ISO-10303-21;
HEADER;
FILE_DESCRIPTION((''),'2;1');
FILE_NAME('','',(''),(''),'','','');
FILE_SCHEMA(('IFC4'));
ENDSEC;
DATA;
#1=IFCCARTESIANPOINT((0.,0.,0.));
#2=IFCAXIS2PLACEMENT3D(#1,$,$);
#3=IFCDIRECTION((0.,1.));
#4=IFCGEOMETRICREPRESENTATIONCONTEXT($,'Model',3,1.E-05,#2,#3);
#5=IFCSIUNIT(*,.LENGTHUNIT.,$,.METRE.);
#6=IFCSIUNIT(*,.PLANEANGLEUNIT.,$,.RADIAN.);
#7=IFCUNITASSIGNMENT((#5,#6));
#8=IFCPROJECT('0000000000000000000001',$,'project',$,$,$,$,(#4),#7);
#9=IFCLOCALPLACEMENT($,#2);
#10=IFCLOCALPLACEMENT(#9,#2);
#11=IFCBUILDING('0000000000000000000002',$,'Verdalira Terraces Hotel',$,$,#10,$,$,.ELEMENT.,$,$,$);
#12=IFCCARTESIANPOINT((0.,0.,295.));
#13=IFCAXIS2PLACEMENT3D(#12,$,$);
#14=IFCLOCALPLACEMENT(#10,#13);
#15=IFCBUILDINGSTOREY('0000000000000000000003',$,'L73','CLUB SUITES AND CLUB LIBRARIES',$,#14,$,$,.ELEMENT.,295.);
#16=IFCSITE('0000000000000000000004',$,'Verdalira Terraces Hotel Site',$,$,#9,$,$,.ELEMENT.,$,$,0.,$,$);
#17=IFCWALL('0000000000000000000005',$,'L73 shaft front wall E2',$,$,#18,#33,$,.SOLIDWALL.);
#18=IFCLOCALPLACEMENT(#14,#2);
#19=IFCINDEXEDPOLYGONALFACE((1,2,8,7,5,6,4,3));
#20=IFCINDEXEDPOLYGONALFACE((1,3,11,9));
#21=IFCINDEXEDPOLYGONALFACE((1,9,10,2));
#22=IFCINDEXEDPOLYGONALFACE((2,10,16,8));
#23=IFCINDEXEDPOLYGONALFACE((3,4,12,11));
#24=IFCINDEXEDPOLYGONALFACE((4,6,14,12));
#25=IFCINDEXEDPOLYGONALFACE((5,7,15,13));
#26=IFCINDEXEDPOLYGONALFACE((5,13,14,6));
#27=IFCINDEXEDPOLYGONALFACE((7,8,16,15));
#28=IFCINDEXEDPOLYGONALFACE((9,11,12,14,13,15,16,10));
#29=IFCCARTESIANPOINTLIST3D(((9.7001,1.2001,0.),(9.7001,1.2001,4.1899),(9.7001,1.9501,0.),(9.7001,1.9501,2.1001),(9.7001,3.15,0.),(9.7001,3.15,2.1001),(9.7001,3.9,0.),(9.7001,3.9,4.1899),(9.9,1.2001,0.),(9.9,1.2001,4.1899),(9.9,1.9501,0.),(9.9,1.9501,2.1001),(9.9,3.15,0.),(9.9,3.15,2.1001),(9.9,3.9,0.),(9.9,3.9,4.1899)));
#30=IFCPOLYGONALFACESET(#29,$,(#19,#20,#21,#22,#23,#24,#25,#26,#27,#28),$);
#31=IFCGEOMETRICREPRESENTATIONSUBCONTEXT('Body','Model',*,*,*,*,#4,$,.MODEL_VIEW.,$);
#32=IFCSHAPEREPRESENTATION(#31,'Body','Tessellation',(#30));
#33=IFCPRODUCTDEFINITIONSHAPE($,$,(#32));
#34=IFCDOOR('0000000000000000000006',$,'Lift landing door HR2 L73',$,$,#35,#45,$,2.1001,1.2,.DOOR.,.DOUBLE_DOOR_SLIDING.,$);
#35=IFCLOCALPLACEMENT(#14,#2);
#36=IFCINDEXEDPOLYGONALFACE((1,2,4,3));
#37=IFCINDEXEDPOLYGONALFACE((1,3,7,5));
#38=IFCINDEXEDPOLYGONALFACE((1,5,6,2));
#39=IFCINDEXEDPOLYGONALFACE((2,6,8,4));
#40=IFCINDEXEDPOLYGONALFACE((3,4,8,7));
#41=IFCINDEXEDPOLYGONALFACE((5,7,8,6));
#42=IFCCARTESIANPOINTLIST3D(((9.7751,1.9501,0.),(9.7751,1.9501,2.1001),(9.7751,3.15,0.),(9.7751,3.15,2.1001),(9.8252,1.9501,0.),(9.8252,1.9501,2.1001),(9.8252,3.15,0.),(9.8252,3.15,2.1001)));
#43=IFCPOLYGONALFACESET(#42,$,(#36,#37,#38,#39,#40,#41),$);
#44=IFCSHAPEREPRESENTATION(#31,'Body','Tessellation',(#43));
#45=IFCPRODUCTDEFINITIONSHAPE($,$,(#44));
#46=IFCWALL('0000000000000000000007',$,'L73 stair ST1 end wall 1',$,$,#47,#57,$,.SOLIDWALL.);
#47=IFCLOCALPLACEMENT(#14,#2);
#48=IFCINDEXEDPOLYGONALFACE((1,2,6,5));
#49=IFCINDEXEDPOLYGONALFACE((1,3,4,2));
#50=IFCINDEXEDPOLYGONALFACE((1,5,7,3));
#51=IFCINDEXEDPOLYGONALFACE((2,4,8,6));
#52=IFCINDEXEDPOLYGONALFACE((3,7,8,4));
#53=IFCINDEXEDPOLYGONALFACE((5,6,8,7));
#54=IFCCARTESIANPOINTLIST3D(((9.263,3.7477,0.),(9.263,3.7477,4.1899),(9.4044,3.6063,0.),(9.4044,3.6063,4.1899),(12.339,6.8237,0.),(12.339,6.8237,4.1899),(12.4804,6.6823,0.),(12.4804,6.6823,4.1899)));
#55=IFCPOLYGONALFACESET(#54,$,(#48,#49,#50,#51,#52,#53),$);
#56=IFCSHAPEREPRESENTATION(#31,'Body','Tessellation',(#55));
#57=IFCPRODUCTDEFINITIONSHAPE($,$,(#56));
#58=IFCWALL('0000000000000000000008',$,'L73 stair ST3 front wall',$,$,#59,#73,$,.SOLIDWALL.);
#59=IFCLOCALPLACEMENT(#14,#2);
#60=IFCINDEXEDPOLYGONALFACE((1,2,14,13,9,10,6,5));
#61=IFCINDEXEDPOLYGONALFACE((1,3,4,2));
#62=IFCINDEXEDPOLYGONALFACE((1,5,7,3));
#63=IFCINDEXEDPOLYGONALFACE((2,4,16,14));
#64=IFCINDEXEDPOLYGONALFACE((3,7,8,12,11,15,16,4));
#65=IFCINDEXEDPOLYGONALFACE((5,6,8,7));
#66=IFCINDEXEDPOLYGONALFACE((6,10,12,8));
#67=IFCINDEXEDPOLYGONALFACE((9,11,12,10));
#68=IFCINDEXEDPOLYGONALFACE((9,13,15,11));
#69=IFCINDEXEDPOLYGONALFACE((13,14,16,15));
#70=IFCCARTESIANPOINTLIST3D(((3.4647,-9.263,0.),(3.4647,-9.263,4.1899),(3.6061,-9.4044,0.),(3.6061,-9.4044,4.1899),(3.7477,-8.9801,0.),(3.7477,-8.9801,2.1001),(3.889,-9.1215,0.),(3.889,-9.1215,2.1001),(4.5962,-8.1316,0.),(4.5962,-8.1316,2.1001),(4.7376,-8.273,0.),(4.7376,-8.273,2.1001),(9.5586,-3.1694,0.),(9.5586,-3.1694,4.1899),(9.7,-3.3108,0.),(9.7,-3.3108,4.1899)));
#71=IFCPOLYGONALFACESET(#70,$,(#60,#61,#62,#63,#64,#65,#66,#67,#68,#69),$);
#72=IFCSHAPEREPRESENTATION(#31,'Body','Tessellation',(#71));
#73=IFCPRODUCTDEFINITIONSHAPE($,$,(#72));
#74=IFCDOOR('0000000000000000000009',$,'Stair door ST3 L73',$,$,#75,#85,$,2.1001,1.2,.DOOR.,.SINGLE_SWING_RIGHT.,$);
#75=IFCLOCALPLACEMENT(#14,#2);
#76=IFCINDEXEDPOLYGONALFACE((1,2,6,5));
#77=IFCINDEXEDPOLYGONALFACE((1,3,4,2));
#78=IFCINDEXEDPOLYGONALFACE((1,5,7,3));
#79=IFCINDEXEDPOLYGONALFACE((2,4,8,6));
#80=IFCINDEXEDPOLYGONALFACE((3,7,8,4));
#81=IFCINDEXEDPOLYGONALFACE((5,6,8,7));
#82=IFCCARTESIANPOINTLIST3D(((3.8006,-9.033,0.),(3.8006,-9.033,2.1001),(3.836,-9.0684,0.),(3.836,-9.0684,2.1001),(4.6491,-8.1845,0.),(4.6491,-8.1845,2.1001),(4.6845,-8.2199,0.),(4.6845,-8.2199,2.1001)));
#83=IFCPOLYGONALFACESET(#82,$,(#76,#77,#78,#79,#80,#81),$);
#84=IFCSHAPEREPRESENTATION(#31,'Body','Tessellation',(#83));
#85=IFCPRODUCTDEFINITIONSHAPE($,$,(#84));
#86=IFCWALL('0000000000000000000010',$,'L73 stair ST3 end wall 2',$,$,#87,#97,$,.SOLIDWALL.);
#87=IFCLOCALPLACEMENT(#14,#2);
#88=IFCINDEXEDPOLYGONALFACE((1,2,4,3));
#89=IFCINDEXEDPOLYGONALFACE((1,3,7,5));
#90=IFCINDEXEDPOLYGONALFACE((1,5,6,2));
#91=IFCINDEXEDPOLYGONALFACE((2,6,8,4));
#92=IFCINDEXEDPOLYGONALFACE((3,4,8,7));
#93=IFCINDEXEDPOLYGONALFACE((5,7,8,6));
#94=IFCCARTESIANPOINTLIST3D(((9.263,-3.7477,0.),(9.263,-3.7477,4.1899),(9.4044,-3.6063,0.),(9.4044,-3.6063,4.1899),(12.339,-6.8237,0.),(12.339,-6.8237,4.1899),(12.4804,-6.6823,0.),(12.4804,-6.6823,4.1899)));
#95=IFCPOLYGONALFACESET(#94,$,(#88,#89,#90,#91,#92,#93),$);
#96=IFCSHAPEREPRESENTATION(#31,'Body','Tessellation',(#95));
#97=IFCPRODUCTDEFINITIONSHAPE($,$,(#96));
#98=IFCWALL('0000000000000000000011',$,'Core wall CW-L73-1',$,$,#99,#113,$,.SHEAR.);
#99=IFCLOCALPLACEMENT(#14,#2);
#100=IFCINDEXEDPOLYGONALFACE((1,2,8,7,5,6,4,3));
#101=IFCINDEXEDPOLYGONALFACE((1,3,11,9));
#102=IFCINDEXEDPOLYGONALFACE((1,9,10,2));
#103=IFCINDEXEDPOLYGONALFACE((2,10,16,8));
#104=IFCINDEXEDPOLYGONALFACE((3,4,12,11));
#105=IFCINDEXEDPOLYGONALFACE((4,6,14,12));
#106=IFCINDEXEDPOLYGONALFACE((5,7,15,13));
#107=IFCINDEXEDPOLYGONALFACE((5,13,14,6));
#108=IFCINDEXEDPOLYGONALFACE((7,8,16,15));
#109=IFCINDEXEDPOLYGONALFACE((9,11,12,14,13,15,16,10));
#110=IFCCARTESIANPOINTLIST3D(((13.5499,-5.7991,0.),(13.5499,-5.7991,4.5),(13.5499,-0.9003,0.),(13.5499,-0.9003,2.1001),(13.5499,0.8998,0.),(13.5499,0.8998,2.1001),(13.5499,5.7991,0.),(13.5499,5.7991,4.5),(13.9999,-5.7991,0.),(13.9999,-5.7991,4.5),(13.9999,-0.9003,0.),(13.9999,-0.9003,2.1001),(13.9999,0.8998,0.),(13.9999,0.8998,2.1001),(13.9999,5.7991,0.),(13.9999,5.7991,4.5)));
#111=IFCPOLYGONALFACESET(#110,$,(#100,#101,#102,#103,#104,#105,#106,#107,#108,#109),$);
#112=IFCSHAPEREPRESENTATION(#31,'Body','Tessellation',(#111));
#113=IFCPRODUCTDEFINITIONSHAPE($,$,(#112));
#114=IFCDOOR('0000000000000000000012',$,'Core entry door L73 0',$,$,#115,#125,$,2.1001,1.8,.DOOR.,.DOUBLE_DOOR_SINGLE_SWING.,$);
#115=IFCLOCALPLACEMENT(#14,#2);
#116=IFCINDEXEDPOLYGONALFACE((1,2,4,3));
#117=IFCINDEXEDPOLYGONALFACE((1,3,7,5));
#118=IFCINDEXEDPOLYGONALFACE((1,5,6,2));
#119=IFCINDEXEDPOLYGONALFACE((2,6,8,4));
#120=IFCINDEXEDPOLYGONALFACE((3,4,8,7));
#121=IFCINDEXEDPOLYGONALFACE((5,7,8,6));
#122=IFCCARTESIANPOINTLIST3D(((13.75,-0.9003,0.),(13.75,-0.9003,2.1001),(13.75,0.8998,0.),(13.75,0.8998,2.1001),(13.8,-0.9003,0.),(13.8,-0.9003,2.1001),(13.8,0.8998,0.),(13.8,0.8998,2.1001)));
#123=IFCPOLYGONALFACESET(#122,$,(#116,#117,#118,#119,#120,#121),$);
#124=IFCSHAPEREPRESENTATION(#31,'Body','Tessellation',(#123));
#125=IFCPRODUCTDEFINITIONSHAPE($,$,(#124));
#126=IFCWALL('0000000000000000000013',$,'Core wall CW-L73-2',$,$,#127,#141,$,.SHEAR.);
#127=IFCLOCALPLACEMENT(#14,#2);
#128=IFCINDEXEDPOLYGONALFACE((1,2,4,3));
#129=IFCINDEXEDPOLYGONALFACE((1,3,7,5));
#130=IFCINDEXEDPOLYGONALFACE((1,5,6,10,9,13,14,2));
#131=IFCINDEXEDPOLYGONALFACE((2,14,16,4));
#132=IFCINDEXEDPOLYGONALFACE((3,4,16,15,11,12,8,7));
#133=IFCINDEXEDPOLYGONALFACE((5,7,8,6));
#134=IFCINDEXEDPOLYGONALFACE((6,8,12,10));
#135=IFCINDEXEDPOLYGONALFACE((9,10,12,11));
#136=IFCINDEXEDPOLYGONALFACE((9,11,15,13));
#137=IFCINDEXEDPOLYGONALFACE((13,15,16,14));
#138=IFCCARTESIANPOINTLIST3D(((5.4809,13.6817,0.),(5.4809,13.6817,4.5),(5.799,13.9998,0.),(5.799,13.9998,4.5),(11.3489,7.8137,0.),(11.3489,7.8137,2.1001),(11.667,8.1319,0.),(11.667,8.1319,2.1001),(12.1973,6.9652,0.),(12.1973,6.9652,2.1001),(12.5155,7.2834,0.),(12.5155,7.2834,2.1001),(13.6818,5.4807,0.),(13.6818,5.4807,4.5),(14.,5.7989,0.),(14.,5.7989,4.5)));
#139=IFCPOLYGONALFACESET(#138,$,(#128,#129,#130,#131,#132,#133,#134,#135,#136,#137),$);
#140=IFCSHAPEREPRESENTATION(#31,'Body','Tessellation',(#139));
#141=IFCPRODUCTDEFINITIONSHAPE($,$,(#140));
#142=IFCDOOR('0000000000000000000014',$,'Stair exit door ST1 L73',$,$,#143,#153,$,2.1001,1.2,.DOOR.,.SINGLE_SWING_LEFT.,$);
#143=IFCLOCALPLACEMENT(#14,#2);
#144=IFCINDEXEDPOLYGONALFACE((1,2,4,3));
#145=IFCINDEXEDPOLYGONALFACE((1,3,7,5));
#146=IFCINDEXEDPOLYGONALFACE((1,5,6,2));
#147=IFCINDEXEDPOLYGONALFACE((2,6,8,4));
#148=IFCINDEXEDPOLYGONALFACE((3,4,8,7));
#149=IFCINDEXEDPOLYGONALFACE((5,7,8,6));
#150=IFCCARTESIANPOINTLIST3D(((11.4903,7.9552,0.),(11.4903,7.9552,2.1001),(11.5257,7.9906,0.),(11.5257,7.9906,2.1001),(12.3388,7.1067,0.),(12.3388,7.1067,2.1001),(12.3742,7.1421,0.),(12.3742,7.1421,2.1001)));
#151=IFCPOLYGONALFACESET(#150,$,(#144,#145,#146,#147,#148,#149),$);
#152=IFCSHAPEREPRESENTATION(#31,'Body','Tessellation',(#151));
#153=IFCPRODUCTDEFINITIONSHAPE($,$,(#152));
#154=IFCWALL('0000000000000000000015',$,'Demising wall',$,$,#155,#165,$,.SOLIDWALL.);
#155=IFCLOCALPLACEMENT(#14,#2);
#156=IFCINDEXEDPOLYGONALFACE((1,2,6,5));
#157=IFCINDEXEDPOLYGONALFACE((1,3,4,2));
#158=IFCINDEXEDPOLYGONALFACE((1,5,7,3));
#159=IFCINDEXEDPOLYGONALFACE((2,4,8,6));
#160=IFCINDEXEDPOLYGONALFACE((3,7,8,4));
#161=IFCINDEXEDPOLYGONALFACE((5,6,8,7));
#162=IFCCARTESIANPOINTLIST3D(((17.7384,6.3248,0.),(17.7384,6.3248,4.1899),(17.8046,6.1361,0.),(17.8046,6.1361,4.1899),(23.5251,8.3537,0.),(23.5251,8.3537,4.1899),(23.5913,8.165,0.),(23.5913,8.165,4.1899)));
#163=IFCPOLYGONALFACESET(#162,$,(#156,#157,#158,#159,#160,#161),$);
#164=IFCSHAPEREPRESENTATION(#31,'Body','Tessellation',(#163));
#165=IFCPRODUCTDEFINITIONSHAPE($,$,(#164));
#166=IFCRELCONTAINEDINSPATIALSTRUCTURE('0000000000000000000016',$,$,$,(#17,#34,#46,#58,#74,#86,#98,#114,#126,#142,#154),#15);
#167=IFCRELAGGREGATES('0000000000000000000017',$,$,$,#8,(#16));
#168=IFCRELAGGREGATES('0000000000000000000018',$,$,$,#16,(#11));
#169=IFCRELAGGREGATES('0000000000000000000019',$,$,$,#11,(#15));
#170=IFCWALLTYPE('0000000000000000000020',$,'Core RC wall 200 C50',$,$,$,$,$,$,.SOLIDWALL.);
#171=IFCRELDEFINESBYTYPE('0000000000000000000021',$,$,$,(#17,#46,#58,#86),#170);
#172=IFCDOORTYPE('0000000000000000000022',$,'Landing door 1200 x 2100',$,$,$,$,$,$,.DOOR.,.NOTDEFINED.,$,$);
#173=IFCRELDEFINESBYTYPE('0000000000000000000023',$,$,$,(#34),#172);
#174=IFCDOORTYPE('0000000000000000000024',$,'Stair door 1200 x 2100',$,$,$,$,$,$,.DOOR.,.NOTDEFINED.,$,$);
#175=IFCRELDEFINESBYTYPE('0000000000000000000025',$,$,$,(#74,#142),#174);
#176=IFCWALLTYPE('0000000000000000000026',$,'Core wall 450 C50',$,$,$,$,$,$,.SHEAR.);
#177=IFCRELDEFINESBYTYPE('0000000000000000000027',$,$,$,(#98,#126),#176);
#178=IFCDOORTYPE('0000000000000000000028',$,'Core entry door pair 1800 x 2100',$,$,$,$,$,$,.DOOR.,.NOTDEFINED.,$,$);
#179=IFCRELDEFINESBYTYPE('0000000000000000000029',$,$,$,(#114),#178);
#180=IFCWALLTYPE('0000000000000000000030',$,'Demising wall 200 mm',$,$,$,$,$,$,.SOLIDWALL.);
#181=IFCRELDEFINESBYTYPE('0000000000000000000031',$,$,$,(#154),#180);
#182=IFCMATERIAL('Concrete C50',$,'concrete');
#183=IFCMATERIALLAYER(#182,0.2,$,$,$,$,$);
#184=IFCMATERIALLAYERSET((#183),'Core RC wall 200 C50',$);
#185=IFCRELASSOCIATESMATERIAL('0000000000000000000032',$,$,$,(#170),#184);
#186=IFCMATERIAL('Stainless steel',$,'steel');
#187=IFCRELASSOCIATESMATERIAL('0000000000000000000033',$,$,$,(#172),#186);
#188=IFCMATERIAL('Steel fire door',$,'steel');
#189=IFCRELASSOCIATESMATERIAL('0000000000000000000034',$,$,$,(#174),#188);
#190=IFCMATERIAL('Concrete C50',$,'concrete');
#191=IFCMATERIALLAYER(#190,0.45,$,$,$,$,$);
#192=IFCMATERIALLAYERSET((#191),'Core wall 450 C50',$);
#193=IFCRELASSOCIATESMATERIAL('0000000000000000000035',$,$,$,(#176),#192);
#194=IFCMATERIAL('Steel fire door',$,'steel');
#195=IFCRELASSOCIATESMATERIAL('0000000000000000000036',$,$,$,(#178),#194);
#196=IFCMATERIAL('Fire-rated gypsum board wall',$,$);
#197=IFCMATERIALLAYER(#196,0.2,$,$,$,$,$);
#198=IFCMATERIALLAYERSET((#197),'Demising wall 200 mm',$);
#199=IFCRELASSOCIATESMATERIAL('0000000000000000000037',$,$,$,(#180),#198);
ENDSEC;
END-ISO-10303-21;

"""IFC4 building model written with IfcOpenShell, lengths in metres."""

from ifc_helpers import new_model, si_unit, direction, frame, frame_2d, origin, place, context, subcontext, project, spatial, rectangle, extrude, material, layer, layer_set, type_object, element, fill, save


model = new_model("IFC4")

# Units and contexts
model_context = context("Model", 3, precision=1e-05, world=origin(), true_north=direction((0.0, 1.0)))
body_context = subcontext(model_context, "Body", "Model", "MODEL_VIEW")
ifc_project = project(units=[si_unit("LENGTHUNIT", "METRE"), si_unit("PLANEANGLEUNIT", "RADIAN")], contexts=[model_context])

# Site, building, storey
site_placement = place(None, origin())
site = spatial("IfcSite", under=ifc_project, at=site_placement, Name="Verdalira Terraces Hotel Site", CompositionType="ELEMENT", RefElevation=0.0)
building_placement = place(site_placement, origin())
building = spatial("IfcBuilding", under=site, at=building_placement, Name="Verdalira Terraces Hotel", CompositionType="ELEMENT")
storey_placement = place(building_placement, frame((0.0, 0.0, 295.0)))
storey = spatial("IfcBuildingStorey", under=building, at=storey_placement, Name="L73", Description="CLUB SUITES AND CLUB LIBRARIES", CompositionType="ELEMENT", Elevation=295.0)

# Wall, opening, door
ifc_material_1 = material(Name="Concrete C50", Category="concrete")
ifc_layer_1 = layer(ifc_material_1, 0.2)
ifc_layer_set_1 = layer_set([ifc_layer_1], Name="Core RC wall 200 C50")
wall_type_1 = type_object("IfcWallType", Name="Core RC wall 200 C50", PredefinedType="SOLIDWALL", material=ifc_layer_set_1)
ifc_material_2 = material(Name="Stainless steel", Category="steel")
door_type_1 = type_object("IfcDoorType", Name="Landing door 1200 x 2100", OperationType="NOTDEFINED", PredefinedType="DOOR", material=ifc_material_2)
wall_1_placement = place(storey_placement, frame((9.8, 1.2, 0.0), z_axis=(0.0, 0.0, 1.0), x_axis=(0.0, 1.0, 0.0)))
wall_1 = element("IfcWall", 1, at=wall_1_placement, inside=storey, type_object=wall_type_1, Name="L73 shaft front wall E2", PredefinedType="SOLIDWALL", context=body_context, shape_type="SweptSolid", body=[
    extrude(rectangle(XDim=2.7, YDim=0.2, at=frame_2d((1.3501, 0.0))), origin(), (0.0, 0.0, 1.0), 4.1899),
])
opening_1_placement = place(wall_1_placement, frame((0.75, 0.0, 0.0)))
opening_1 = element("IfcOpeningElement", 2, at=opening_1_placement, cuts=wall_1, PredefinedType="OPENING", context=body_context, shape_type="SweptSolid", body=[
    extrude(rectangle(XDim=1.2, YDim=2.1001, at=frame_2d((0.6001, 1.05))), frame((0.0, 0.1099, 0.0), z_axis=(0.0, -1.0, 0.0), x_axis=(1.0, 0.0, 0.0)), (0.0, 0.0, 1.0), 0.22),
])
door_1_placement = place(opening_1_placement, origin())
door_1 = element("IfcDoor", 3, at=door_1_placement, inside=storey, type_object=door_type_1, Name="Lift landing door HR2 L73", OperationType="DOUBLE_DOOR_SLIDING", OverallHeight=2.1001, OverallWidth=1.2, PredefinedType="DOOR", context=body_context, shape_type="SweptSolid", body=[
    extrude(rectangle(XDim=1.2, YDim=2.1001, at=frame_2d((0.6001, 1.05))), frame((0.0, 0.0249, 0.0), z_axis=(0.0, -1.0, 0.0), x_axis=(1.0, 0.0, 0.0)), (0.0, 0.0, 1.0), 0.05),
])
fill(opening_1, door_1)

# Wall
wall_2_placement = place(storey_placement, frame((9.3337, 3.677, 0.0), z_axis=(0.0, 0.0, 1.0), x_axis=(0.707107, 0.707107, 0.0)))
element("IfcWall", 4, at=wall_2_placement, inside=storey, type_object=wall_type_1, Name="L73 stair ST1 end wall 1", PredefinedType="SOLIDWALL", context=body_context, shape_type="SweptSolid", body=[
    extrude(rectangle(XDim=4.3501, YDim=0.2, at=frame_2d((2.175, 0.0))), origin(), (0.0, 0.0, 1.0), 4.1899),
])

# Wall, opening, door
wall_3_placement = place(storey_placement, frame((9.6294, -3.24, 0.0), z_axis=(0.0, 0.0, 1.0), x_axis=(-0.707121, -0.707093, 0.0)))
wall_3 = element("IfcWall", 5, at=wall_3_placement, inside=storey, type_object=wall_type_1, Name="L73 stair ST3 front wall", PredefinedType="SOLIDWALL", context=body_context, shape_type="SweptSolid", body=[
    extrude(rectangle(XDim=8.6179, YDim=0.2, at=frame_2d((4.3091, 0.0))), origin(), (0.0, 0.0, 1.0), 4.1899),
])
opening_2_placement = place(wall_3_placement, frame((7.0178, 0.0, 0.0)))
opening_2 = element("IfcOpeningElement", 6, at=opening_2_placement, cuts=wall_3, PredefinedType="OPENING", context=body_context, shape_type="SweptSolid", body=[
    extrude(rectangle(XDim=1.2, YDim=2.1001, at=frame_2d((0.6001, 1.05))), frame((0.0, 0.1099, 0.0), z_axis=(0.0, -1.0, 0.0), x_axis=(1.0, 0.0, 0.0)), (0.0, 0.0, 1.0), 0.22),
])
ifc_material_3 = material(Name="Steel fire door", Category="steel")
door_type_2 = type_object("IfcDoorType", Name="Stair door 1200 x 2100", OperationType="NOTDEFINED", PredefinedType="DOOR", material=ifc_material_3)
door_2_placement = place(opening_2_placement, origin())
door_2 = element("IfcDoor", 7, at=door_2_placement, inside=storey, type_object=door_type_2, Name="Stair door ST3 L73", OperationType="SINGLE_SWING_RIGHT", OverallHeight=2.1001, OverallWidth=1.2, PredefinedType="DOOR", context=body_context, shape_type="SweptSolid", body=[
    extrude(rectangle(XDim=1.2, YDim=2.1001, at=frame_2d((0.6001, 1.05))), frame((0.0, 0.0249, 0.0), z_axis=(0.0, -1.0, 0.0), x_axis=(1.0, 0.0, 0.0)), (0.0, 0.0, 1.0), 0.05),
])
fill(opening_2, door_2)

# Wall
wall_4_placement = place(storey_placement, frame((9.3337, -3.677, 0.0), z_axis=(0.0, 0.0, 1.0), x_axis=(0.707107, -0.707107, 0.0)))
element("IfcWall", 8, at=wall_4_placement, inside=storey, type_object=wall_type_1, Name="L73 stair ST3 end wall 2", PredefinedType="SOLIDWALL", context=body_context, shape_type="SweptSolid", body=[
    extrude(rectangle(XDim=4.3501, YDim=0.2, at=frame_2d((2.175, 0.0))), origin(), (0.0, 0.0, 1.0), 4.1899),
])

# Walls, openings, doors
ifc_material_4 = material(Name="Concrete C50", Category="concrete")
ifc_layer_2 = layer(ifc_material_4, 0.45)
ifc_layer_set_2 = layer_set([ifc_layer_2], Name="Core wall 450 C50")
wall_type_2 = type_object("IfcWallType", Name="Core wall 450 C50", PredefinedType="SHEAR", material=ifc_layer_set_2)
wall_5_placement = place(storey_placement, frame((13.7749, -5.7991, 0.0), z_axis=(0.0, 0.0, 1.0), x_axis=(0.0, 1.0, 0.0)))
wall_5 = element("IfcWall", 9, at=wall_5_placement, inside=storey, type_object=wall_type_2, Name="Core wall CW-L73-1", PredefinedType="SHEAR", context=body_context, shape_type="SweptSolid", body=[
    extrude(rectangle(XDim=11.5981, YDim=0.45, at=frame_2d((5.7991, 0.0))), origin(), (0.0, 0.0, 1.0), 4.5),
])
opening_3_placement = place(wall_5_placement, frame((4.8989, 0.0, 0.0)))
opening_3 = element("IfcOpeningElement", 10, at=opening_3_placement, cuts=wall_5, PredefinedType="OPENING", context=body_context, shape_type="SweptSolid", body=[
    extrude(rectangle(XDim=1.8, YDim=2.1001, at=frame_2d((0.8999, 1.05))), frame((0.0, 0.2349, 0.0), z_axis=(0.0, -1.0, 0.0), x_axis=(1.0, 0.0, 0.0)), (0.0, 0.0, 1.0), 0.47),
])
ifc_material_5 = material(Name="Steel fire door", Category="steel")
door_type_3 = type_object("IfcDoorType", Name="Core entry door pair 1800 x 2100", OperationType="NOTDEFINED", PredefinedType="DOOR", material=ifc_material_5)
door_3_placement = place(opening_3_placement, origin())
door_3 = element("IfcDoor", 11, at=door_3_placement, inside=storey, type_object=door_type_3, Name="Core entry door L73 0", OperationType="DOUBLE_DOOR_SINGLE_SWING", OverallHeight=2.1001, OverallWidth=1.8, PredefinedType="DOOR", context=body_context, shape_type="SweptSolid", body=[
    extrude(rectangle(XDim=1.8, YDim=2.1001, at=frame_2d((0.8999, 1.05))), frame((0.0, 0.0249, 0.0), z_axis=(0.0, -1.0, 0.0), x_axis=(1.0, 0.0, 0.0)), (0.0, 0.0, 1.0), 0.05),
])
fill(opening_3, door_3)
wall_6_placement = place(storey_placement, frame((13.8408, 5.6399, 0.0), z_axis=(0.0, 0.0, 1.0), x_axis=(-0.707107, 0.707107, 0.0)))
wall_6 = element("IfcWall", 12, at=wall_6_placement, inside=storey, type_object=wall_type_2, Name="Core wall CW-L73-2", PredefinedType="SHEAR", context=body_context, shape_type="SweptSolid", body=[
    extrude(rectangle(XDim=11.5979, YDim=0.45, at=frame_2d((5.7988, 0.0))), origin(), (0.0, 0.0, 1.0), 4.5),
])
opening_4_placement = place(wall_6_placement, frame((2.0991, 0.0, 0.0)))
opening_4 = element("IfcOpeningElement", 13, at=opening_4_placement, cuts=wall_6, PredefinedType="OPENING", context=body_context, shape_type="SweptSolid", body=[
    extrude(rectangle(XDim=1.2, YDim=2.1001, at=frame_2d((0.6001, 1.05))), frame((0.0, 0.2349, 0.0), z_axis=(0.0, -1.0, 0.0), x_axis=(1.0, 0.0, 0.0)), (0.0, 0.0, 1.0), 0.47),
])
door_4_placement = place(opening_4_placement, origin())
door_4 = element("IfcDoor", 14, at=door_4_placement, inside=storey, type_object=door_type_2, Name="Stair exit door ST1 L73", OperationType="SINGLE_SWING_LEFT", OverallHeight=2.1001, OverallWidth=1.2, PredefinedType="DOOR", context=body_context, shape_type="SweptSolid", body=[
    extrude(rectangle(XDim=1.2, YDim=2.1001, at=frame_2d((0.6001, 1.05))), frame((0.0, 0.0249, 0.0), z_axis=(0.0, -1.0, 0.0), x_axis=(1.0, 0.0, 0.0)), (0.0, 0.0, 1.0), 0.05),
])
fill(opening_4, door_4)

# Wall
ifc_material_6 = material(Name="Fire-rated gypsum board wall")
ifc_layer_3 = layer(ifc_material_6, 0.2)
ifc_layer_set_3 = layer_set([ifc_layer_3], Name="Demising wall 200 mm")
wall_type_3 = type_object("IfcWallType", Name="Demising wall 200 mm", PredefinedType="SOLIDWALL", material=ifc_layer_set_3)
wall_7_placement = place(storey_placement, frame((23.5581, 8.2593, 0.0), z_axis=(0.0, 0.0, 1.0), x_axis=(-0.943681, -0.330858, 0.0)))
element("IfcWall", 15, at=wall_7_placement, inside=storey, type_object=wall_type_3, Name="Demising wall", PredefinedType="SOLIDWALL", context=body_context, shape_type="SweptSolid", body=[
    extrude(rectangle(XDim=6.1321, YDim=0.2, at=frame_2d((3.0659, 0.0))), origin(), (0.0, 0.0, 1.0), 4.1899),
])

save(model, "model.ifc")
